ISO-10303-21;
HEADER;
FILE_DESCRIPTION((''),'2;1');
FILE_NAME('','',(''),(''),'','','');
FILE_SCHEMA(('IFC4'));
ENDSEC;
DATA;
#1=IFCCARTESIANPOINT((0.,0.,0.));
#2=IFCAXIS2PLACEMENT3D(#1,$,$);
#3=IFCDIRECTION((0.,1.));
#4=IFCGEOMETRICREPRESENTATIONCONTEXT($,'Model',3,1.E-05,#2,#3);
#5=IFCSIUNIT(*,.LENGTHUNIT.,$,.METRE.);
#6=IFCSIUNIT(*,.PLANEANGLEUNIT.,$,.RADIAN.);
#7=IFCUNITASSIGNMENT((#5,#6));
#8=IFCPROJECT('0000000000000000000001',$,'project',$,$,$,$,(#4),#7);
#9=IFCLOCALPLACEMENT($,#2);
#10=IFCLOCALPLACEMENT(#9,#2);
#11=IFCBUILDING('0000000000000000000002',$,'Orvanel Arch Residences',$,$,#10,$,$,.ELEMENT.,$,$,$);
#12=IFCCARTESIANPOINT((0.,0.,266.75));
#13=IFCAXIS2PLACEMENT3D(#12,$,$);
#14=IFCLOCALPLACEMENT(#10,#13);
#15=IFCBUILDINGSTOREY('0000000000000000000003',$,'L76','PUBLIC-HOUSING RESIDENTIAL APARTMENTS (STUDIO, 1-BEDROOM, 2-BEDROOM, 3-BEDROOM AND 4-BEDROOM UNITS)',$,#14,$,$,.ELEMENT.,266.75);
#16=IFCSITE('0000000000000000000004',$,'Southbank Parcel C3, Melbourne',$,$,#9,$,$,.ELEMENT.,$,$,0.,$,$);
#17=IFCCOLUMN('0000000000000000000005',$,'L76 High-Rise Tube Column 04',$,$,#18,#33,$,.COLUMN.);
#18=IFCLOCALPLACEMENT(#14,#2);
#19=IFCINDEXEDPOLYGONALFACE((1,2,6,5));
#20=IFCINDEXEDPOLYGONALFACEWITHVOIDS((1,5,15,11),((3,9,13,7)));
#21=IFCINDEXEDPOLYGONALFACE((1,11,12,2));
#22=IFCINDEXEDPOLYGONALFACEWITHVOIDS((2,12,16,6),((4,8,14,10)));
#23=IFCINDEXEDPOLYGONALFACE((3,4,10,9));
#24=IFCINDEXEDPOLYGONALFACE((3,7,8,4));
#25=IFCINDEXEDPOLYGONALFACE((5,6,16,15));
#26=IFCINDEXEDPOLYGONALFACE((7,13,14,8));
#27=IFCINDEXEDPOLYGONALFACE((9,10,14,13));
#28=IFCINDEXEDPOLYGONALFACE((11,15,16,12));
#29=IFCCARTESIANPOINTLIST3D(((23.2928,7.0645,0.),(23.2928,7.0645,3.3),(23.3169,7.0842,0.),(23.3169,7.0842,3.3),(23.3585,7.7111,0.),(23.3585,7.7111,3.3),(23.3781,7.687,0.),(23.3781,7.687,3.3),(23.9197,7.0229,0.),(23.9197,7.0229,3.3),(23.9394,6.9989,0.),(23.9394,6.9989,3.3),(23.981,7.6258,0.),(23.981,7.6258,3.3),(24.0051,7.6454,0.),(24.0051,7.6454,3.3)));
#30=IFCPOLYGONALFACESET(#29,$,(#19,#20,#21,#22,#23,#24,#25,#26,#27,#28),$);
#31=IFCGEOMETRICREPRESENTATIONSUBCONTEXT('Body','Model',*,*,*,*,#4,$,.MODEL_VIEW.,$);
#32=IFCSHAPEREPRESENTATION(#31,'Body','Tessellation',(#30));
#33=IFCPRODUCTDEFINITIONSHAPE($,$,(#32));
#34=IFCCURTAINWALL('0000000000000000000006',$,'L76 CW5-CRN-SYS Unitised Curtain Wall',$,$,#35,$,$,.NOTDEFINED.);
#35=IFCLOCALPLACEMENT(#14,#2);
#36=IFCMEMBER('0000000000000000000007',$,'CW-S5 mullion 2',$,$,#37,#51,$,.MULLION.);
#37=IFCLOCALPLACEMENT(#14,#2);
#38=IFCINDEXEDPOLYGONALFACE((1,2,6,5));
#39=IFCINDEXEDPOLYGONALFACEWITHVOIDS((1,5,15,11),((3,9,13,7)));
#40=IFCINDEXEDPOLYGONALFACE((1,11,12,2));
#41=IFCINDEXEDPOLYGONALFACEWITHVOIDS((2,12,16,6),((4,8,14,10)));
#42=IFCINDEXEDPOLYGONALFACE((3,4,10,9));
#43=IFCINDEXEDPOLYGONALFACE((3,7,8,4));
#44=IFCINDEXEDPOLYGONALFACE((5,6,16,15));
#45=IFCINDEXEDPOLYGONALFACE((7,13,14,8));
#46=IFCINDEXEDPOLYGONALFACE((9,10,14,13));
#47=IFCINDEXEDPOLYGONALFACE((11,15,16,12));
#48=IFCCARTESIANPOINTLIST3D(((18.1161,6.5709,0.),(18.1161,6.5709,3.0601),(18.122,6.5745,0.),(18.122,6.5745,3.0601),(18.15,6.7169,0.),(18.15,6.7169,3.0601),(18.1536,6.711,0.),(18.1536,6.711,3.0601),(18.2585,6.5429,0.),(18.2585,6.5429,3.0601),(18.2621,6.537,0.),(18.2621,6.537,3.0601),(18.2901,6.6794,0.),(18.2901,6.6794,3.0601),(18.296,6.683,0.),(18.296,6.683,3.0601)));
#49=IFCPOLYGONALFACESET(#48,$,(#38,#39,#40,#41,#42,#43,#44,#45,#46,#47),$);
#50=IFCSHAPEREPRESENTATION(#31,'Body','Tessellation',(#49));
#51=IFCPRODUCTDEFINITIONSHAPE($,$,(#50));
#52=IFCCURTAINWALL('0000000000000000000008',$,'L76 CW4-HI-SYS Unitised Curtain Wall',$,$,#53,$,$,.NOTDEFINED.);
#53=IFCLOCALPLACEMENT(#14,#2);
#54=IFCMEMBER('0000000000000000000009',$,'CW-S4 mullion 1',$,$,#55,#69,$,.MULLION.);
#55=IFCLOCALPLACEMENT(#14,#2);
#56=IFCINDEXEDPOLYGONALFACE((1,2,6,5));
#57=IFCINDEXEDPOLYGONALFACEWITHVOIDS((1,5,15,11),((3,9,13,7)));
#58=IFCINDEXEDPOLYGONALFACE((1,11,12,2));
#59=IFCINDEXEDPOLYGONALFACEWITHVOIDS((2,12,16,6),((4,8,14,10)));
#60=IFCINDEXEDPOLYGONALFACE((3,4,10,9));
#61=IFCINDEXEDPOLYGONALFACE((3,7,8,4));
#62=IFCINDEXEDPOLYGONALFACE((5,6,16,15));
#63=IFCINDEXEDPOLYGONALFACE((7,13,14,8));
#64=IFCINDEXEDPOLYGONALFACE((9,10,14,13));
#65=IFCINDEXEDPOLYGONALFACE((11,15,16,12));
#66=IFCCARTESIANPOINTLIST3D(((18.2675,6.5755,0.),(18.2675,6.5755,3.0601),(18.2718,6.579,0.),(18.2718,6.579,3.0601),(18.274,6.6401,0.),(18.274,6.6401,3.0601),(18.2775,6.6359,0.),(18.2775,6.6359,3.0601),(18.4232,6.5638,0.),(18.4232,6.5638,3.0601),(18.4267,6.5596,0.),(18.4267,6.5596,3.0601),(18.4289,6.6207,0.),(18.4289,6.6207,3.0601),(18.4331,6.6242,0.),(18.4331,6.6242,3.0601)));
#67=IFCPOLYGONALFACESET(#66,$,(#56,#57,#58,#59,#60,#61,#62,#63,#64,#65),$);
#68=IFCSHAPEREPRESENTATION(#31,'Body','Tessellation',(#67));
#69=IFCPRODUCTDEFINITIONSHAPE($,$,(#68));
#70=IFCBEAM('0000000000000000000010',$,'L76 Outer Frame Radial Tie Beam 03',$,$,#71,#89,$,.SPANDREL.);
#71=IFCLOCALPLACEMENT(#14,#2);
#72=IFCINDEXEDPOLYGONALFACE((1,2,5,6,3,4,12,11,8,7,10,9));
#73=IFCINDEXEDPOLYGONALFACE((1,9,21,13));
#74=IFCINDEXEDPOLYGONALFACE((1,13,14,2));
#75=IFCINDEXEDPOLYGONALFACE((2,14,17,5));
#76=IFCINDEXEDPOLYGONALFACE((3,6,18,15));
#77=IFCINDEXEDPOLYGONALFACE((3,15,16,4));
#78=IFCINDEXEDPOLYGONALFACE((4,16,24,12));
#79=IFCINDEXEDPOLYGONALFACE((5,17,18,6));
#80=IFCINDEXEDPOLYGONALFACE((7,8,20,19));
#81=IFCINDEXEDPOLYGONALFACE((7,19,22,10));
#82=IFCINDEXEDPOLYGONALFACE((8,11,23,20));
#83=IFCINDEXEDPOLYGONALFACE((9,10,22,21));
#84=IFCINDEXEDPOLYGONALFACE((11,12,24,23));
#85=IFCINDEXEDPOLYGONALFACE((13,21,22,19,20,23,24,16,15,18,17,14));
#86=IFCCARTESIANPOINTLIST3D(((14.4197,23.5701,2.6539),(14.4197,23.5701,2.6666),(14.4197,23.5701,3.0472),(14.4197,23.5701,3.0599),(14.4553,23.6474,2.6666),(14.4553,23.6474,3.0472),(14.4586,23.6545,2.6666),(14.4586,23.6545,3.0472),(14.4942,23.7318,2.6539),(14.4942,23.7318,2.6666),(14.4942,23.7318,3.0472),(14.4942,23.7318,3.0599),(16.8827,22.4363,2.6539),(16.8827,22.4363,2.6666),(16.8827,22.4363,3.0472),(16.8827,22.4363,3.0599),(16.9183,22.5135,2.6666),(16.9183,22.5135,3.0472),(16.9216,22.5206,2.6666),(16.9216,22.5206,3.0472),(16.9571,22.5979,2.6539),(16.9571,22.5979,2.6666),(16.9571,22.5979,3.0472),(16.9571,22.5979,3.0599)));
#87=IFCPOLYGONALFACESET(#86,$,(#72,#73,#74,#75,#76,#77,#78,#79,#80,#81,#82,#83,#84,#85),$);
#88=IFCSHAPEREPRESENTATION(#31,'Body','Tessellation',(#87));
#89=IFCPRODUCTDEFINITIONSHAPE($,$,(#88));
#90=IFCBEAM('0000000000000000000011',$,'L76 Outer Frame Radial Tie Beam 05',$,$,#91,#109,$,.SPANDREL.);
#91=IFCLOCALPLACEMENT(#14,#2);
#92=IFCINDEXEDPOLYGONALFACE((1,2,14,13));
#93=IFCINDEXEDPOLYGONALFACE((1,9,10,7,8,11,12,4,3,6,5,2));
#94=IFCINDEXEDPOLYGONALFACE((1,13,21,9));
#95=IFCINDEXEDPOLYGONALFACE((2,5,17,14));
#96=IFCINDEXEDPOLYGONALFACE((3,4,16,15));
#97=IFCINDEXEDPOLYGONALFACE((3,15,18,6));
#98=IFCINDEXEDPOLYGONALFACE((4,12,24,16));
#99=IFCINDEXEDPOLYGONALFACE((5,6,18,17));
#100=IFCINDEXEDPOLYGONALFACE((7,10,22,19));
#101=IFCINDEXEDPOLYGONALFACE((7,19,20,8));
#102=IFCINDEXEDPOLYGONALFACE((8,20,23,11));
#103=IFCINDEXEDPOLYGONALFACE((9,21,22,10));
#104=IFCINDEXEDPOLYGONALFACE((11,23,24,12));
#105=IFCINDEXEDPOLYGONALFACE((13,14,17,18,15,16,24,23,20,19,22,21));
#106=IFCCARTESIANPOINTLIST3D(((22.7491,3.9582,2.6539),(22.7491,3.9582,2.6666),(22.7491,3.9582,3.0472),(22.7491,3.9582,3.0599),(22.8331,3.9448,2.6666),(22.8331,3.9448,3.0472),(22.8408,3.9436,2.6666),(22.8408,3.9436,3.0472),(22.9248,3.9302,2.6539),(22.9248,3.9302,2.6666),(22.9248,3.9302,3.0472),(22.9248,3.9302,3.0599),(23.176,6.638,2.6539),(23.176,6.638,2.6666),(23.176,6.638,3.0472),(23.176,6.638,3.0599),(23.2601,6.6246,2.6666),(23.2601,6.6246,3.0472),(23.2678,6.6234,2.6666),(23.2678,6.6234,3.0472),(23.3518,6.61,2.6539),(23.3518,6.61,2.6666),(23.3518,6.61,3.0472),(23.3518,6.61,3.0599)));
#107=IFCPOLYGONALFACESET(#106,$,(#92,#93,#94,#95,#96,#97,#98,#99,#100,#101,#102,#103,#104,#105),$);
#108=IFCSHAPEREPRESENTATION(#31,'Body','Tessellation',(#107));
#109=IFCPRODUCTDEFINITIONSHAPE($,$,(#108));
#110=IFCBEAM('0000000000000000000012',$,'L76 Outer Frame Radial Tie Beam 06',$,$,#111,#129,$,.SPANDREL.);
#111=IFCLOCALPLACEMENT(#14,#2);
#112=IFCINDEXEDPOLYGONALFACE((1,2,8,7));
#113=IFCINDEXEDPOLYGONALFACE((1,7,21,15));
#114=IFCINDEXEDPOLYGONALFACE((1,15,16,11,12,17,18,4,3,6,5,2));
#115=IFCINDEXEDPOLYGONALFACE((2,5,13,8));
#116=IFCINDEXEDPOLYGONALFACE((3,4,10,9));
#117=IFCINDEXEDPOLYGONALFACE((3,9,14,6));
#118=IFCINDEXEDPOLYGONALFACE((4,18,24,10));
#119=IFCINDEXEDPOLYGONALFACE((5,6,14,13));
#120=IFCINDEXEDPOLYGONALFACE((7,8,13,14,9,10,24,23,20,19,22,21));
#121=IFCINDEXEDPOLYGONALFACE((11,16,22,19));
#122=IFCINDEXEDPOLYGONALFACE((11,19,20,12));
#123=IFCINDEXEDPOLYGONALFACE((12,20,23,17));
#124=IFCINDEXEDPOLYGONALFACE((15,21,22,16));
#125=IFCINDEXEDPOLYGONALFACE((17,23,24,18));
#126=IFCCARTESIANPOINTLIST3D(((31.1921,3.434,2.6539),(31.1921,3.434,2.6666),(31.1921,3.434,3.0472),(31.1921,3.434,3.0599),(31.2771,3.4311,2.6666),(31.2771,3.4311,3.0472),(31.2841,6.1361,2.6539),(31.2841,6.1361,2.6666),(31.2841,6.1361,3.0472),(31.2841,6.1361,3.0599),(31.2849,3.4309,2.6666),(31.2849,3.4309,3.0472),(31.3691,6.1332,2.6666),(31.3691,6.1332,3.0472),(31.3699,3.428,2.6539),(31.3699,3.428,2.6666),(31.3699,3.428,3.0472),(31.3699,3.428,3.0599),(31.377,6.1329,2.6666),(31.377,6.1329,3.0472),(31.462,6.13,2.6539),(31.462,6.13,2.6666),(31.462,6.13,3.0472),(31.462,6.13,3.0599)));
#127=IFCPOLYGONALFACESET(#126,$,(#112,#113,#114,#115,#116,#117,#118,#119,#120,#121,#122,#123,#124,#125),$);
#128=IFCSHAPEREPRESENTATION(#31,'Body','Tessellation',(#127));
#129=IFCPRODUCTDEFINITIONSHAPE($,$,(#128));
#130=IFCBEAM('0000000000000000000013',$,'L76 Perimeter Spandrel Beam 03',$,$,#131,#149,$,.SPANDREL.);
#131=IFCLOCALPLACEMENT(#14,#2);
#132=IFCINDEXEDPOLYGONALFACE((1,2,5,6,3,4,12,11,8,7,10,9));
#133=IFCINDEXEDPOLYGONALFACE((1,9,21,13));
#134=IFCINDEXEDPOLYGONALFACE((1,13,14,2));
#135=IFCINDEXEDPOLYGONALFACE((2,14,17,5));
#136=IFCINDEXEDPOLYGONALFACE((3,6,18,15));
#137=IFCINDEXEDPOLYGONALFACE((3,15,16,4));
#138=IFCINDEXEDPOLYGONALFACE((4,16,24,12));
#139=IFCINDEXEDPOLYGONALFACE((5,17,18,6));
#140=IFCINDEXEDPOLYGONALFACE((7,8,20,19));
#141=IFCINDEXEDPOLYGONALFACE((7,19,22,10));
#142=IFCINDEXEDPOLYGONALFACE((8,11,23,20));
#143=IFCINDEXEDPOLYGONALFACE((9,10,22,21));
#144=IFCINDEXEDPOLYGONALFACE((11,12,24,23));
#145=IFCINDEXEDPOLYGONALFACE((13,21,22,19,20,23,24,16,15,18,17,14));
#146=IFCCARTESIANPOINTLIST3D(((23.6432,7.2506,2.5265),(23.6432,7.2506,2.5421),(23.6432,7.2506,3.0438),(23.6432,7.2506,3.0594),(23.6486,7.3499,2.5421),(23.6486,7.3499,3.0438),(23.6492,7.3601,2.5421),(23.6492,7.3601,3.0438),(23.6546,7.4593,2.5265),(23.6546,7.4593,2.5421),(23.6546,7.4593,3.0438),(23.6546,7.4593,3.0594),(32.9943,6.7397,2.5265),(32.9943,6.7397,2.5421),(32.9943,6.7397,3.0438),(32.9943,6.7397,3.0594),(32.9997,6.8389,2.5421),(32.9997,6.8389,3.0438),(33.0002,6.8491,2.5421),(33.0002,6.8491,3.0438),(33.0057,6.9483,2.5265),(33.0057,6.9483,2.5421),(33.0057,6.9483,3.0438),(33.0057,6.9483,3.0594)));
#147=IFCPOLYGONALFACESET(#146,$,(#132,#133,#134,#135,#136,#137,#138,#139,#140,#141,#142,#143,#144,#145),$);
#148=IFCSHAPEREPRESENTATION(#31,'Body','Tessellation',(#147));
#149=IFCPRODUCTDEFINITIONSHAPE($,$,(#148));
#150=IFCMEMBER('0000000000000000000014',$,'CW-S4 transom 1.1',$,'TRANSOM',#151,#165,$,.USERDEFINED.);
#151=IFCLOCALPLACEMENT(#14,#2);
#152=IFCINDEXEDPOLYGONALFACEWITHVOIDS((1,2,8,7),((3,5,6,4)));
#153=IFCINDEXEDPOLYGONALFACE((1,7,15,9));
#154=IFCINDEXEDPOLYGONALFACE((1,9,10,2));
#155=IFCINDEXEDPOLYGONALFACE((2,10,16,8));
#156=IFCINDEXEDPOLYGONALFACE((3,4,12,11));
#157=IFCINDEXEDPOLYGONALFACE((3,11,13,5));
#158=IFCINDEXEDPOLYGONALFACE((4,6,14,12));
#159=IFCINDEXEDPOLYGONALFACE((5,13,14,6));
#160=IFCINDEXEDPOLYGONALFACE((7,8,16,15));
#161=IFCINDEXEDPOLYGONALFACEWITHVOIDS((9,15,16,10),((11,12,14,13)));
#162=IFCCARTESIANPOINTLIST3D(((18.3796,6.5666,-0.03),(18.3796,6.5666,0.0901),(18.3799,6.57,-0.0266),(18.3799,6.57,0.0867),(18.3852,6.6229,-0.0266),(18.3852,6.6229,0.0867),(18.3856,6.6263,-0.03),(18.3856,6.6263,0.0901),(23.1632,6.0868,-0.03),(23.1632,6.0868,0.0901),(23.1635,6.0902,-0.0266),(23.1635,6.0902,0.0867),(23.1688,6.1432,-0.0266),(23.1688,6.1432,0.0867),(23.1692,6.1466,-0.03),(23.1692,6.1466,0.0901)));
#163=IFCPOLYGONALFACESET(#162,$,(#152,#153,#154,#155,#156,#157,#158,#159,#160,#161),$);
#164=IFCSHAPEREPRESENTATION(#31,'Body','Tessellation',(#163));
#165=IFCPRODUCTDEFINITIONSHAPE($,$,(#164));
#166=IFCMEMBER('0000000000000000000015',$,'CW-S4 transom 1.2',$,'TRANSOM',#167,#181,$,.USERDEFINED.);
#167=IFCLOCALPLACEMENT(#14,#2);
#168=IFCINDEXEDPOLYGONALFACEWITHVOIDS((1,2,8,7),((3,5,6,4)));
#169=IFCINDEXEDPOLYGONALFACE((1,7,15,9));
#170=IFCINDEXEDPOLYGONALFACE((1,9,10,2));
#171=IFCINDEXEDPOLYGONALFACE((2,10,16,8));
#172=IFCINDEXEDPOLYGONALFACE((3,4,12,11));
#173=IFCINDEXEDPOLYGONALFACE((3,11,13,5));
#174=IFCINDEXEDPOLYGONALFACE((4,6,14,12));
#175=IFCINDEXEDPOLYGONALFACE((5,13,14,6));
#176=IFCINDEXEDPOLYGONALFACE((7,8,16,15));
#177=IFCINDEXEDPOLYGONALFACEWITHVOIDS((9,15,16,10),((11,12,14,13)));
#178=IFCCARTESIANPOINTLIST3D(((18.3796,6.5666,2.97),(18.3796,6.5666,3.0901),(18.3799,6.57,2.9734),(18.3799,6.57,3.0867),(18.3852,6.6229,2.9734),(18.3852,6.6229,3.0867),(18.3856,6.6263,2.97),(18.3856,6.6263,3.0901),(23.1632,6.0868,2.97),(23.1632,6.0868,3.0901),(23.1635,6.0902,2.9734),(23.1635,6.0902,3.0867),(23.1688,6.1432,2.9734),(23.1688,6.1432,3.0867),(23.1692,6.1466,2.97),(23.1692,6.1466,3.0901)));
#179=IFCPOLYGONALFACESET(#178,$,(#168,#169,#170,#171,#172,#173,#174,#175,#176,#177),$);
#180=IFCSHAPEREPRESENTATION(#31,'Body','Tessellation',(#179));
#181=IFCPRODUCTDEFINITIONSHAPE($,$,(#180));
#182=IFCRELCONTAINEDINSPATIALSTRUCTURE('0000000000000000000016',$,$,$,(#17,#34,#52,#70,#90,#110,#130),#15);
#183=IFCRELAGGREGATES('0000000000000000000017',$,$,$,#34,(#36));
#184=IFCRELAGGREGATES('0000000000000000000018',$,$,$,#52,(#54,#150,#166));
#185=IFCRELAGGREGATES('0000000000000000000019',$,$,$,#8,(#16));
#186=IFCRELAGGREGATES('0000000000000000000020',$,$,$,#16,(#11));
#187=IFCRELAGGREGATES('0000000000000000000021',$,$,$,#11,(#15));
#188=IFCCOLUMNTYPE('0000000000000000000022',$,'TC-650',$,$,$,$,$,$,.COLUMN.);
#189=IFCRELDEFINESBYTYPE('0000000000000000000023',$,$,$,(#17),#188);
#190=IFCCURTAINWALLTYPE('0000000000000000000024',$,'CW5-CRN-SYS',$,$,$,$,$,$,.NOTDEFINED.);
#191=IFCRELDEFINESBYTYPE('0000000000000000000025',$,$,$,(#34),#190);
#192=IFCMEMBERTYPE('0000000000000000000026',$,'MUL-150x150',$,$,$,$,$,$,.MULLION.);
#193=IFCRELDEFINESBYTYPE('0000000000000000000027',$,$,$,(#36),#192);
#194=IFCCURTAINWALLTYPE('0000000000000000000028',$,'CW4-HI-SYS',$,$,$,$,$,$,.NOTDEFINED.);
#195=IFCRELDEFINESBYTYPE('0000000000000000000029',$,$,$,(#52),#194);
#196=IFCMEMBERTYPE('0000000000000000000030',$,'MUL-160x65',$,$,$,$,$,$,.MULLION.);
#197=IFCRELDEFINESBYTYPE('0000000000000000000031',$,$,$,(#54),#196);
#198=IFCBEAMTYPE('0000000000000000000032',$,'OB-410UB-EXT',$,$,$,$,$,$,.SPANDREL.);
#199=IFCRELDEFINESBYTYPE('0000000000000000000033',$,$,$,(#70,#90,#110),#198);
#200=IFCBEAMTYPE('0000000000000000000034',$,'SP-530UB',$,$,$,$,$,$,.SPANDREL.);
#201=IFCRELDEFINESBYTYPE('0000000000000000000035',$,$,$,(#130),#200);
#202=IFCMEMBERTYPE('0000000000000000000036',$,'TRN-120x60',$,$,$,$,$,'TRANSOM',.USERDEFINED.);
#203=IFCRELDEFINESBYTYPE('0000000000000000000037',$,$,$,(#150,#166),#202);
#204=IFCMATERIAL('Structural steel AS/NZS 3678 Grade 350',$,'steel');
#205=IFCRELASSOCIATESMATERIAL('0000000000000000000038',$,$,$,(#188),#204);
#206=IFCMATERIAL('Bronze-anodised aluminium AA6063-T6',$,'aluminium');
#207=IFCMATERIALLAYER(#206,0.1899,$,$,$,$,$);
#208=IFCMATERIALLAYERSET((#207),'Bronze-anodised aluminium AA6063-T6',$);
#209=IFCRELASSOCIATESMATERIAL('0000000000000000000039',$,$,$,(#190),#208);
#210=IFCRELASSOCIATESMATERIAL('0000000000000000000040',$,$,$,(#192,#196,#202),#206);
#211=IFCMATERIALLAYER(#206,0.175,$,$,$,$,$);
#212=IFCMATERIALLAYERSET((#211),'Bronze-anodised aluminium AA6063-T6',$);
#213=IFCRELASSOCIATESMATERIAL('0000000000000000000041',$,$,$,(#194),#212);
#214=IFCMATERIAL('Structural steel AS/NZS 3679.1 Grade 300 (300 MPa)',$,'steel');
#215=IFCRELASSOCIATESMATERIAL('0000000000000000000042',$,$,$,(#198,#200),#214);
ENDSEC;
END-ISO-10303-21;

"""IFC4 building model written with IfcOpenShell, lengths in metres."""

from ifc_helpers import new_model, si_unit, direction, frame, origin, origin_2d, place, context, subcontext, project, spatial, hollow_rectangle, i_section, extrude, material, layer, layer_set, material_profile, profile_set, type_object, element, aggregate, save


model = new_model("IFC4")

# Units and contexts
model_context = context("Model", 3, precision=1e-05, world=origin(), true_north=direction((0.0, 1.0)))
body_context = subcontext(model_context, "Body", "Model", "MODEL_VIEW")
ifc_project = project(units=[si_unit("LENGTHUNIT", "METRE"), si_unit("PLANEANGLEUNIT", "RADIAN")], contexts=[model_context])

# Site, building, storey
site_placement = place(None, origin())
site = spatial("IfcSite", under=ifc_project, at=site_placement, Name="Southbank Parcel C3, Melbourne", CompositionType="ELEMENT", RefElevation=0.0)
building_placement = place(site_placement, origin())
building = spatial("IfcBuilding", under=site, at=building_placement, Name="Orvanel Arch Residences", CompositionType="ELEMENT")
storey_placement = place(building_placement, frame((0.0, 0.0, 266.75)))
storey = spatial("IfcBuildingStorey", under=building, at=storey_placement, Name="L76", Description="PUBLIC-HOUSING RESIDENTIAL APARTMENTS (STUDIO, 1-BEDROOM, 2-BEDROOM, 3-BEDROOM AND 4-BEDROOM UNITS)", CompositionType="ELEMENT", Elevation=266.75)

# Column
ifc_material_1 = material(Name="Structural steel AS/NZS 3678 Grade 350", Category="steel")
ifc_material_profile_1 = material_profile(ifc_material_1, hollow_rectangle(XDim=0.6499, YDim=0.6499, WallThickness=0.022, at=origin_2d()), Name="BOX650x650x22")
ifc_profile_set_1 = profile_set([ifc_material_profile_1], Name="Structural steel AS/NZS 3678 Grade 350")
column_type = type_object("IfcColumnType", Name="TC-650", PredefinedType="COLUMN", material=ifc_profile_set_1)
column_placement = place(storey_placement, frame((23.6489, 7.355, 0.0), z_axis=(0.0, 0.0, 1.0), x_axis=(-0.994881, 0.101056, 0.0)))
element("IfcColumn", 1, at=column_placement, inside=storey, type_object=column_type, Name="L76 High-Rise Tube Column 04", PredefinedType="COLUMN", context=body_context, shape_type="SweptSolid", body=[
    extrude(hollow_rectangle(XDim=0.6499, YDim=0.6499, WallThickness=0.022, at=origin_2d()), origin(), (0.0, 0.0, 1.0), 3.3),
])

# Curtain walls, members
ifc_material_2 = material(Name="Bronze-anodised aluminium AA6063-T6", Category="aluminium")
ifc_layer_1 = layer(ifc_material_2, 0.1899)
ifc_layer_set_1 = layer_set([ifc_layer_1], Name="Bronze-anodised aluminium AA6063-T6")
curtain_wall_type_1 = type_object("IfcCurtainWallType", Name="CW5-CRN-SYS", PredefinedType="NOTDEFINED", material=ifc_layer_set_1)
curtain_wall_1_placement = place(storey_placement, origin())
curtain_wall_1 = element("IfcCurtainWall", 2, at=curtain_wall_1_placement, inside=storey, type_object=curtain_wall_type_1, Name="L76 CW5-CRN-SYS Unitised Curtain Wall", PredefinedType="NOTDEFINED")
ifc_material_profile_2 = material_profile(ifc_material_2, hollow_rectangle(XDim=0.1499, YDim=0.1499, WallThickness=0.0049, at=origin_2d()), Name="ALU150x150x5")
ifc_profile_set_2 = profile_set([ifc_material_profile_2], Name="Bronze-anodised aluminium AA6063-T6")
member_type_1 = type_object("IfcMemberType", Name="MUL-150x150", PredefinedType="MULLION", material=ifc_profile_set_2)
member_1_placement = place(storey_placement, frame((18.2061, 6.627, 0.0), z_axis=(0.0, 0.0, 1.0), x_axis=(0.22592, 0.974146, 0.0)))
member_1 = element("IfcMember", 3, at=member_1_placement, type_object=member_type_1, Name="CW-S5 mullion 2", PredefinedType="MULLION", context=body_context, shape_type="SweptSolid", body=[
    extrude(hollow_rectangle(XDim=0.1499, YDim=0.1499, WallThickness=0.0049, at=origin_2d()), origin(), (0.0, 0.0, 1.0), 3.0601),
])
aggregate(curtain_wall_1, [member_1])
ifc_layer_2 = layer(ifc_material_2, 0.175)
ifc_layer_set_2 = layer_set([ifc_layer_2], Name="Bronze-anodised aluminium AA6063-T6")
curtain_wall_type_2 = type_object("IfcCurtainWallType", Name="CW4-HI-SYS", PredefinedType="NOTDEFINED", material=ifc_layer_set_2)
curtain_wall_2_placement = place(storey_placement, origin())
curtain_wall_2 = element("IfcCurtainWall", 4, at=curtain_wall_2_placement, inside=storey, type_object=curtain_wall_type_2, Name="L76 CW4-HI-SYS Unitised Curtain Wall", PredefinedType="NOTDEFINED")
ifc_material_profile_3 = material_profile(ifc_material_2, hollow_rectangle(XDim=0.0649, YDim=0.1599, WallThickness=0.0039, at=origin_2d()), Name="ALU160x65x4")
ifc_profile_set_3 = profile_set([ifc_material_profile_3], Name="Bronze-anodised aluminium AA6063-T6")
member_type_2 = type_object("IfcMemberType", Name="MUL-160x65", PredefinedType="MULLION", material=ifc_profile_set_3)
member_2_placement = place(storey_placement, frame((18.3503, 6.5999, 0.0), z_axis=(0.0, 0.0, 1.0), x_axis=(0.099796, 0.995008, 0.0)))
member_2 = element("IfcMember", 5, at=member_2_placement, type_object=member_type_2, Name="CW-S4 mullion 1", PredefinedType="MULLION", context=body_context, shape_type="SweptSolid", body=[
    extrude(hollow_rectangle(XDim=0.0649, YDim=0.1599, WallThickness=0.0039, at=origin_2d()), origin(), (0.0, 0.0, 1.0), 3.0601),
])

# Beams
ifc_material_3 = material(Name="Structural steel AS/NZS 3679.1 Grade 300 (300 MPa)", Category="steel")
ifc_material_profile_4 = material_profile(ifc_material_3, i_section(OverallWidth=0.178, OverallDepth=0.406, WebThickness=0.0078, FlangeThickness=0.0127, at=origin_2d()), Name="410UB59.7")
ifc_profile_set_4 = profile_set([ifc_material_profile_4], Name="Structural steel AS/NZS 3679.1 Grade 300 (300 MPa)")
beam_type_1 = type_object("IfcBeamType", Name="OB-410UB-EXT", PredefinedType="SPANDREL", material=ifc_profile_set_4)
beam_1_placement = place(storey_placement, frame((16.9199, 22.5171, 2.8569), z_axis=(-0.90837, 0.418167, 0.0), x_axis=(-0.418167, -0.90837, 0.0)))
element("IfcBeam", 6, at=beam_1_placement, inside=storey, type_object=beam_type_1, Name="L76 Outer Frame Radial Tie Beam 03", PredefinedType="SPANDREL", context=body_context, shape_type="SweptSolid", body=[
    extrude(i_section(OverallWidth=0.178, OverallDepth=0.406, WebThickness=0.0078, FlangeThickness=0.0127, at=origin_2d()), origin(), (0.0, 0.0, 1.0), 2.7114),
])
beam_2_placement = place(storey_placement, frame((23.2639, 6.624, 2.8569), z_axis=(-0.157348, -0.987543, 0.0), x_axis=(0.987543, -0.157348, 0.0)))
element("IfcBeam", 7, at=beam_2_placement, inside=storey, type_object=beam_type_1, Name="L76 Outer Frame Radial Tie Beam 05", PredefinedType="SPANDREL", context=body_context, shape_type="SweptSolid", body=[
    extrude(i_section(OverallWidth=0.178, OverallDepth=0.406, WebThickness=0.0078, FlangeThickness=0.0127, at=origin_2d()), origin(), (0.0, 0.0, 1.0), 2.7136),
])
beam_3_placement = place(storey_placement, frame((31.373, 6.1331, 2.8569), z_axis=(-0.034042, -0.99942, 0.0), x_axis=(0.99942, -0.034042, 0.0)))
element("IfcBeam", 8, at=beam_3_placement, inside=storey, type_object=beam_type_1, Name="L76 Outer Frame Radial Tie Beam 06", PredefinedType="SPANDREL", context=body_context, shape_type="SweptSolid", body=[
    extrude(i_section(OverallWidth=0.178, OverallDepth=0.406, WebThickness=0.0078, FlangeThickness=0.0127, at=origin_2d()), origin(), (0.0, 0.0, 1.0), 2.7036),
])
ifc_material_profile_5 = material_profile(ifc_material_3, i_section(OverallWidth=0.209, OverallDepth=0.533, WebThickness=0.0103, FlangeThickness=0.0156, at=origin_2d()), Name="530UB92.4")
ifc_profile_set_5 = profile_set([ifc_material_profile_5], Name="Structural steel AS/NZS 3679.1 Grade 300 (300 MPa)")
beam_type_2 = type_object("IfcBeamType", Name="SP-530UB", PredefinedType="SPANDREL", material=ifc_profile_set_5)
beam_4_placement = place(storey_placement, frame((23.6489, 7.355, 2.793), z_axis=(0.99851, -0.054563, 0.0), x_axis=(0.054563, 0.99851, 0.0)))
element("IfcBeam", 9, at=beam_4_placement, inside=storey, type_object=beam_type_2, Name="L76 Perimeter Spandrel Beam 03", PredefinedType="SPANDREL", context=body_context, shape_type="SweptSolid", body=[
    extrude(i_section(OverallWidth=0.209, OverallDepth=0.533, WebThickness=0.0103, FlangeThickness=0.0156, at=origin_2d()), origin(), (0.0, 0.0, 1.0), 9.365),
])

# Members
ifc_material_profile_6 = material_profile(ifc_material_2, hollow_rectangle(XDim=0.0601, YDim=0.1201, WallThickness=0.0034, at=origin_2d()), Name="ALU120x60x3.5")
ifc_profile_set_6 = profile_set([ifc_material_profile_6], Name="Bronze-anodised aluminium AA6063-T6")
member_type_3 = type_object("IfcMemberType", Name="TRN-120x60", ElementType="TRANSOM", PredefinedType="USERDEFINED", material=ifc_profile_set_6)
member_3_placement = place(storey_placement, frame((18.3826, 6.5964, 0.03), z_axis=(0.995009, -0.099785, 0.0), x_axis=(0.099785, 0.995009, 0.0)))
member_3 = element("IfcMember", 10, at=member_3_placement, type_object=member_type_3, Name="CW-S4 transom 1.1", ObjectType="TRANSOM", PredefinedType="USERDEFINED", context=body_context, shape_type="SweptSolid", body=[
    extrude(hollow_rectangle(XDim=0.0601, YDim=0.1201, WallThickness=0.0034, at=origin_2d()), origin(), (0.0, 0.0, 1.0), 4.8076),
])
member_4_placement = place(storey_placement, frame((18.3826, 6.5964, 3.03), z_axis=(0.995009, -0.099785, 0.0), x_axis=(0.099785, 0.995009, 0.0)))
member_4 = element("IfcMember", 11, at=member_4_placement, type_object=member_type_3, Name="CW-S4 transom 1.2", ObjectType="TRANSOM", PredefinedType="USERDEFINED", context=body_context, shape_type="SweptSolid", body=[
    extrude(hollow_rectangle(XDim=0.0601, YDim=0.1201, WallThickness=0.0034, at=origin_2d()), origin(), (0.0, 0.0, 1.0), 4.8076),
])

aggregate(curtain_wall_2, [member_2, member_3, member_4])

save(model, "model.ifc")
